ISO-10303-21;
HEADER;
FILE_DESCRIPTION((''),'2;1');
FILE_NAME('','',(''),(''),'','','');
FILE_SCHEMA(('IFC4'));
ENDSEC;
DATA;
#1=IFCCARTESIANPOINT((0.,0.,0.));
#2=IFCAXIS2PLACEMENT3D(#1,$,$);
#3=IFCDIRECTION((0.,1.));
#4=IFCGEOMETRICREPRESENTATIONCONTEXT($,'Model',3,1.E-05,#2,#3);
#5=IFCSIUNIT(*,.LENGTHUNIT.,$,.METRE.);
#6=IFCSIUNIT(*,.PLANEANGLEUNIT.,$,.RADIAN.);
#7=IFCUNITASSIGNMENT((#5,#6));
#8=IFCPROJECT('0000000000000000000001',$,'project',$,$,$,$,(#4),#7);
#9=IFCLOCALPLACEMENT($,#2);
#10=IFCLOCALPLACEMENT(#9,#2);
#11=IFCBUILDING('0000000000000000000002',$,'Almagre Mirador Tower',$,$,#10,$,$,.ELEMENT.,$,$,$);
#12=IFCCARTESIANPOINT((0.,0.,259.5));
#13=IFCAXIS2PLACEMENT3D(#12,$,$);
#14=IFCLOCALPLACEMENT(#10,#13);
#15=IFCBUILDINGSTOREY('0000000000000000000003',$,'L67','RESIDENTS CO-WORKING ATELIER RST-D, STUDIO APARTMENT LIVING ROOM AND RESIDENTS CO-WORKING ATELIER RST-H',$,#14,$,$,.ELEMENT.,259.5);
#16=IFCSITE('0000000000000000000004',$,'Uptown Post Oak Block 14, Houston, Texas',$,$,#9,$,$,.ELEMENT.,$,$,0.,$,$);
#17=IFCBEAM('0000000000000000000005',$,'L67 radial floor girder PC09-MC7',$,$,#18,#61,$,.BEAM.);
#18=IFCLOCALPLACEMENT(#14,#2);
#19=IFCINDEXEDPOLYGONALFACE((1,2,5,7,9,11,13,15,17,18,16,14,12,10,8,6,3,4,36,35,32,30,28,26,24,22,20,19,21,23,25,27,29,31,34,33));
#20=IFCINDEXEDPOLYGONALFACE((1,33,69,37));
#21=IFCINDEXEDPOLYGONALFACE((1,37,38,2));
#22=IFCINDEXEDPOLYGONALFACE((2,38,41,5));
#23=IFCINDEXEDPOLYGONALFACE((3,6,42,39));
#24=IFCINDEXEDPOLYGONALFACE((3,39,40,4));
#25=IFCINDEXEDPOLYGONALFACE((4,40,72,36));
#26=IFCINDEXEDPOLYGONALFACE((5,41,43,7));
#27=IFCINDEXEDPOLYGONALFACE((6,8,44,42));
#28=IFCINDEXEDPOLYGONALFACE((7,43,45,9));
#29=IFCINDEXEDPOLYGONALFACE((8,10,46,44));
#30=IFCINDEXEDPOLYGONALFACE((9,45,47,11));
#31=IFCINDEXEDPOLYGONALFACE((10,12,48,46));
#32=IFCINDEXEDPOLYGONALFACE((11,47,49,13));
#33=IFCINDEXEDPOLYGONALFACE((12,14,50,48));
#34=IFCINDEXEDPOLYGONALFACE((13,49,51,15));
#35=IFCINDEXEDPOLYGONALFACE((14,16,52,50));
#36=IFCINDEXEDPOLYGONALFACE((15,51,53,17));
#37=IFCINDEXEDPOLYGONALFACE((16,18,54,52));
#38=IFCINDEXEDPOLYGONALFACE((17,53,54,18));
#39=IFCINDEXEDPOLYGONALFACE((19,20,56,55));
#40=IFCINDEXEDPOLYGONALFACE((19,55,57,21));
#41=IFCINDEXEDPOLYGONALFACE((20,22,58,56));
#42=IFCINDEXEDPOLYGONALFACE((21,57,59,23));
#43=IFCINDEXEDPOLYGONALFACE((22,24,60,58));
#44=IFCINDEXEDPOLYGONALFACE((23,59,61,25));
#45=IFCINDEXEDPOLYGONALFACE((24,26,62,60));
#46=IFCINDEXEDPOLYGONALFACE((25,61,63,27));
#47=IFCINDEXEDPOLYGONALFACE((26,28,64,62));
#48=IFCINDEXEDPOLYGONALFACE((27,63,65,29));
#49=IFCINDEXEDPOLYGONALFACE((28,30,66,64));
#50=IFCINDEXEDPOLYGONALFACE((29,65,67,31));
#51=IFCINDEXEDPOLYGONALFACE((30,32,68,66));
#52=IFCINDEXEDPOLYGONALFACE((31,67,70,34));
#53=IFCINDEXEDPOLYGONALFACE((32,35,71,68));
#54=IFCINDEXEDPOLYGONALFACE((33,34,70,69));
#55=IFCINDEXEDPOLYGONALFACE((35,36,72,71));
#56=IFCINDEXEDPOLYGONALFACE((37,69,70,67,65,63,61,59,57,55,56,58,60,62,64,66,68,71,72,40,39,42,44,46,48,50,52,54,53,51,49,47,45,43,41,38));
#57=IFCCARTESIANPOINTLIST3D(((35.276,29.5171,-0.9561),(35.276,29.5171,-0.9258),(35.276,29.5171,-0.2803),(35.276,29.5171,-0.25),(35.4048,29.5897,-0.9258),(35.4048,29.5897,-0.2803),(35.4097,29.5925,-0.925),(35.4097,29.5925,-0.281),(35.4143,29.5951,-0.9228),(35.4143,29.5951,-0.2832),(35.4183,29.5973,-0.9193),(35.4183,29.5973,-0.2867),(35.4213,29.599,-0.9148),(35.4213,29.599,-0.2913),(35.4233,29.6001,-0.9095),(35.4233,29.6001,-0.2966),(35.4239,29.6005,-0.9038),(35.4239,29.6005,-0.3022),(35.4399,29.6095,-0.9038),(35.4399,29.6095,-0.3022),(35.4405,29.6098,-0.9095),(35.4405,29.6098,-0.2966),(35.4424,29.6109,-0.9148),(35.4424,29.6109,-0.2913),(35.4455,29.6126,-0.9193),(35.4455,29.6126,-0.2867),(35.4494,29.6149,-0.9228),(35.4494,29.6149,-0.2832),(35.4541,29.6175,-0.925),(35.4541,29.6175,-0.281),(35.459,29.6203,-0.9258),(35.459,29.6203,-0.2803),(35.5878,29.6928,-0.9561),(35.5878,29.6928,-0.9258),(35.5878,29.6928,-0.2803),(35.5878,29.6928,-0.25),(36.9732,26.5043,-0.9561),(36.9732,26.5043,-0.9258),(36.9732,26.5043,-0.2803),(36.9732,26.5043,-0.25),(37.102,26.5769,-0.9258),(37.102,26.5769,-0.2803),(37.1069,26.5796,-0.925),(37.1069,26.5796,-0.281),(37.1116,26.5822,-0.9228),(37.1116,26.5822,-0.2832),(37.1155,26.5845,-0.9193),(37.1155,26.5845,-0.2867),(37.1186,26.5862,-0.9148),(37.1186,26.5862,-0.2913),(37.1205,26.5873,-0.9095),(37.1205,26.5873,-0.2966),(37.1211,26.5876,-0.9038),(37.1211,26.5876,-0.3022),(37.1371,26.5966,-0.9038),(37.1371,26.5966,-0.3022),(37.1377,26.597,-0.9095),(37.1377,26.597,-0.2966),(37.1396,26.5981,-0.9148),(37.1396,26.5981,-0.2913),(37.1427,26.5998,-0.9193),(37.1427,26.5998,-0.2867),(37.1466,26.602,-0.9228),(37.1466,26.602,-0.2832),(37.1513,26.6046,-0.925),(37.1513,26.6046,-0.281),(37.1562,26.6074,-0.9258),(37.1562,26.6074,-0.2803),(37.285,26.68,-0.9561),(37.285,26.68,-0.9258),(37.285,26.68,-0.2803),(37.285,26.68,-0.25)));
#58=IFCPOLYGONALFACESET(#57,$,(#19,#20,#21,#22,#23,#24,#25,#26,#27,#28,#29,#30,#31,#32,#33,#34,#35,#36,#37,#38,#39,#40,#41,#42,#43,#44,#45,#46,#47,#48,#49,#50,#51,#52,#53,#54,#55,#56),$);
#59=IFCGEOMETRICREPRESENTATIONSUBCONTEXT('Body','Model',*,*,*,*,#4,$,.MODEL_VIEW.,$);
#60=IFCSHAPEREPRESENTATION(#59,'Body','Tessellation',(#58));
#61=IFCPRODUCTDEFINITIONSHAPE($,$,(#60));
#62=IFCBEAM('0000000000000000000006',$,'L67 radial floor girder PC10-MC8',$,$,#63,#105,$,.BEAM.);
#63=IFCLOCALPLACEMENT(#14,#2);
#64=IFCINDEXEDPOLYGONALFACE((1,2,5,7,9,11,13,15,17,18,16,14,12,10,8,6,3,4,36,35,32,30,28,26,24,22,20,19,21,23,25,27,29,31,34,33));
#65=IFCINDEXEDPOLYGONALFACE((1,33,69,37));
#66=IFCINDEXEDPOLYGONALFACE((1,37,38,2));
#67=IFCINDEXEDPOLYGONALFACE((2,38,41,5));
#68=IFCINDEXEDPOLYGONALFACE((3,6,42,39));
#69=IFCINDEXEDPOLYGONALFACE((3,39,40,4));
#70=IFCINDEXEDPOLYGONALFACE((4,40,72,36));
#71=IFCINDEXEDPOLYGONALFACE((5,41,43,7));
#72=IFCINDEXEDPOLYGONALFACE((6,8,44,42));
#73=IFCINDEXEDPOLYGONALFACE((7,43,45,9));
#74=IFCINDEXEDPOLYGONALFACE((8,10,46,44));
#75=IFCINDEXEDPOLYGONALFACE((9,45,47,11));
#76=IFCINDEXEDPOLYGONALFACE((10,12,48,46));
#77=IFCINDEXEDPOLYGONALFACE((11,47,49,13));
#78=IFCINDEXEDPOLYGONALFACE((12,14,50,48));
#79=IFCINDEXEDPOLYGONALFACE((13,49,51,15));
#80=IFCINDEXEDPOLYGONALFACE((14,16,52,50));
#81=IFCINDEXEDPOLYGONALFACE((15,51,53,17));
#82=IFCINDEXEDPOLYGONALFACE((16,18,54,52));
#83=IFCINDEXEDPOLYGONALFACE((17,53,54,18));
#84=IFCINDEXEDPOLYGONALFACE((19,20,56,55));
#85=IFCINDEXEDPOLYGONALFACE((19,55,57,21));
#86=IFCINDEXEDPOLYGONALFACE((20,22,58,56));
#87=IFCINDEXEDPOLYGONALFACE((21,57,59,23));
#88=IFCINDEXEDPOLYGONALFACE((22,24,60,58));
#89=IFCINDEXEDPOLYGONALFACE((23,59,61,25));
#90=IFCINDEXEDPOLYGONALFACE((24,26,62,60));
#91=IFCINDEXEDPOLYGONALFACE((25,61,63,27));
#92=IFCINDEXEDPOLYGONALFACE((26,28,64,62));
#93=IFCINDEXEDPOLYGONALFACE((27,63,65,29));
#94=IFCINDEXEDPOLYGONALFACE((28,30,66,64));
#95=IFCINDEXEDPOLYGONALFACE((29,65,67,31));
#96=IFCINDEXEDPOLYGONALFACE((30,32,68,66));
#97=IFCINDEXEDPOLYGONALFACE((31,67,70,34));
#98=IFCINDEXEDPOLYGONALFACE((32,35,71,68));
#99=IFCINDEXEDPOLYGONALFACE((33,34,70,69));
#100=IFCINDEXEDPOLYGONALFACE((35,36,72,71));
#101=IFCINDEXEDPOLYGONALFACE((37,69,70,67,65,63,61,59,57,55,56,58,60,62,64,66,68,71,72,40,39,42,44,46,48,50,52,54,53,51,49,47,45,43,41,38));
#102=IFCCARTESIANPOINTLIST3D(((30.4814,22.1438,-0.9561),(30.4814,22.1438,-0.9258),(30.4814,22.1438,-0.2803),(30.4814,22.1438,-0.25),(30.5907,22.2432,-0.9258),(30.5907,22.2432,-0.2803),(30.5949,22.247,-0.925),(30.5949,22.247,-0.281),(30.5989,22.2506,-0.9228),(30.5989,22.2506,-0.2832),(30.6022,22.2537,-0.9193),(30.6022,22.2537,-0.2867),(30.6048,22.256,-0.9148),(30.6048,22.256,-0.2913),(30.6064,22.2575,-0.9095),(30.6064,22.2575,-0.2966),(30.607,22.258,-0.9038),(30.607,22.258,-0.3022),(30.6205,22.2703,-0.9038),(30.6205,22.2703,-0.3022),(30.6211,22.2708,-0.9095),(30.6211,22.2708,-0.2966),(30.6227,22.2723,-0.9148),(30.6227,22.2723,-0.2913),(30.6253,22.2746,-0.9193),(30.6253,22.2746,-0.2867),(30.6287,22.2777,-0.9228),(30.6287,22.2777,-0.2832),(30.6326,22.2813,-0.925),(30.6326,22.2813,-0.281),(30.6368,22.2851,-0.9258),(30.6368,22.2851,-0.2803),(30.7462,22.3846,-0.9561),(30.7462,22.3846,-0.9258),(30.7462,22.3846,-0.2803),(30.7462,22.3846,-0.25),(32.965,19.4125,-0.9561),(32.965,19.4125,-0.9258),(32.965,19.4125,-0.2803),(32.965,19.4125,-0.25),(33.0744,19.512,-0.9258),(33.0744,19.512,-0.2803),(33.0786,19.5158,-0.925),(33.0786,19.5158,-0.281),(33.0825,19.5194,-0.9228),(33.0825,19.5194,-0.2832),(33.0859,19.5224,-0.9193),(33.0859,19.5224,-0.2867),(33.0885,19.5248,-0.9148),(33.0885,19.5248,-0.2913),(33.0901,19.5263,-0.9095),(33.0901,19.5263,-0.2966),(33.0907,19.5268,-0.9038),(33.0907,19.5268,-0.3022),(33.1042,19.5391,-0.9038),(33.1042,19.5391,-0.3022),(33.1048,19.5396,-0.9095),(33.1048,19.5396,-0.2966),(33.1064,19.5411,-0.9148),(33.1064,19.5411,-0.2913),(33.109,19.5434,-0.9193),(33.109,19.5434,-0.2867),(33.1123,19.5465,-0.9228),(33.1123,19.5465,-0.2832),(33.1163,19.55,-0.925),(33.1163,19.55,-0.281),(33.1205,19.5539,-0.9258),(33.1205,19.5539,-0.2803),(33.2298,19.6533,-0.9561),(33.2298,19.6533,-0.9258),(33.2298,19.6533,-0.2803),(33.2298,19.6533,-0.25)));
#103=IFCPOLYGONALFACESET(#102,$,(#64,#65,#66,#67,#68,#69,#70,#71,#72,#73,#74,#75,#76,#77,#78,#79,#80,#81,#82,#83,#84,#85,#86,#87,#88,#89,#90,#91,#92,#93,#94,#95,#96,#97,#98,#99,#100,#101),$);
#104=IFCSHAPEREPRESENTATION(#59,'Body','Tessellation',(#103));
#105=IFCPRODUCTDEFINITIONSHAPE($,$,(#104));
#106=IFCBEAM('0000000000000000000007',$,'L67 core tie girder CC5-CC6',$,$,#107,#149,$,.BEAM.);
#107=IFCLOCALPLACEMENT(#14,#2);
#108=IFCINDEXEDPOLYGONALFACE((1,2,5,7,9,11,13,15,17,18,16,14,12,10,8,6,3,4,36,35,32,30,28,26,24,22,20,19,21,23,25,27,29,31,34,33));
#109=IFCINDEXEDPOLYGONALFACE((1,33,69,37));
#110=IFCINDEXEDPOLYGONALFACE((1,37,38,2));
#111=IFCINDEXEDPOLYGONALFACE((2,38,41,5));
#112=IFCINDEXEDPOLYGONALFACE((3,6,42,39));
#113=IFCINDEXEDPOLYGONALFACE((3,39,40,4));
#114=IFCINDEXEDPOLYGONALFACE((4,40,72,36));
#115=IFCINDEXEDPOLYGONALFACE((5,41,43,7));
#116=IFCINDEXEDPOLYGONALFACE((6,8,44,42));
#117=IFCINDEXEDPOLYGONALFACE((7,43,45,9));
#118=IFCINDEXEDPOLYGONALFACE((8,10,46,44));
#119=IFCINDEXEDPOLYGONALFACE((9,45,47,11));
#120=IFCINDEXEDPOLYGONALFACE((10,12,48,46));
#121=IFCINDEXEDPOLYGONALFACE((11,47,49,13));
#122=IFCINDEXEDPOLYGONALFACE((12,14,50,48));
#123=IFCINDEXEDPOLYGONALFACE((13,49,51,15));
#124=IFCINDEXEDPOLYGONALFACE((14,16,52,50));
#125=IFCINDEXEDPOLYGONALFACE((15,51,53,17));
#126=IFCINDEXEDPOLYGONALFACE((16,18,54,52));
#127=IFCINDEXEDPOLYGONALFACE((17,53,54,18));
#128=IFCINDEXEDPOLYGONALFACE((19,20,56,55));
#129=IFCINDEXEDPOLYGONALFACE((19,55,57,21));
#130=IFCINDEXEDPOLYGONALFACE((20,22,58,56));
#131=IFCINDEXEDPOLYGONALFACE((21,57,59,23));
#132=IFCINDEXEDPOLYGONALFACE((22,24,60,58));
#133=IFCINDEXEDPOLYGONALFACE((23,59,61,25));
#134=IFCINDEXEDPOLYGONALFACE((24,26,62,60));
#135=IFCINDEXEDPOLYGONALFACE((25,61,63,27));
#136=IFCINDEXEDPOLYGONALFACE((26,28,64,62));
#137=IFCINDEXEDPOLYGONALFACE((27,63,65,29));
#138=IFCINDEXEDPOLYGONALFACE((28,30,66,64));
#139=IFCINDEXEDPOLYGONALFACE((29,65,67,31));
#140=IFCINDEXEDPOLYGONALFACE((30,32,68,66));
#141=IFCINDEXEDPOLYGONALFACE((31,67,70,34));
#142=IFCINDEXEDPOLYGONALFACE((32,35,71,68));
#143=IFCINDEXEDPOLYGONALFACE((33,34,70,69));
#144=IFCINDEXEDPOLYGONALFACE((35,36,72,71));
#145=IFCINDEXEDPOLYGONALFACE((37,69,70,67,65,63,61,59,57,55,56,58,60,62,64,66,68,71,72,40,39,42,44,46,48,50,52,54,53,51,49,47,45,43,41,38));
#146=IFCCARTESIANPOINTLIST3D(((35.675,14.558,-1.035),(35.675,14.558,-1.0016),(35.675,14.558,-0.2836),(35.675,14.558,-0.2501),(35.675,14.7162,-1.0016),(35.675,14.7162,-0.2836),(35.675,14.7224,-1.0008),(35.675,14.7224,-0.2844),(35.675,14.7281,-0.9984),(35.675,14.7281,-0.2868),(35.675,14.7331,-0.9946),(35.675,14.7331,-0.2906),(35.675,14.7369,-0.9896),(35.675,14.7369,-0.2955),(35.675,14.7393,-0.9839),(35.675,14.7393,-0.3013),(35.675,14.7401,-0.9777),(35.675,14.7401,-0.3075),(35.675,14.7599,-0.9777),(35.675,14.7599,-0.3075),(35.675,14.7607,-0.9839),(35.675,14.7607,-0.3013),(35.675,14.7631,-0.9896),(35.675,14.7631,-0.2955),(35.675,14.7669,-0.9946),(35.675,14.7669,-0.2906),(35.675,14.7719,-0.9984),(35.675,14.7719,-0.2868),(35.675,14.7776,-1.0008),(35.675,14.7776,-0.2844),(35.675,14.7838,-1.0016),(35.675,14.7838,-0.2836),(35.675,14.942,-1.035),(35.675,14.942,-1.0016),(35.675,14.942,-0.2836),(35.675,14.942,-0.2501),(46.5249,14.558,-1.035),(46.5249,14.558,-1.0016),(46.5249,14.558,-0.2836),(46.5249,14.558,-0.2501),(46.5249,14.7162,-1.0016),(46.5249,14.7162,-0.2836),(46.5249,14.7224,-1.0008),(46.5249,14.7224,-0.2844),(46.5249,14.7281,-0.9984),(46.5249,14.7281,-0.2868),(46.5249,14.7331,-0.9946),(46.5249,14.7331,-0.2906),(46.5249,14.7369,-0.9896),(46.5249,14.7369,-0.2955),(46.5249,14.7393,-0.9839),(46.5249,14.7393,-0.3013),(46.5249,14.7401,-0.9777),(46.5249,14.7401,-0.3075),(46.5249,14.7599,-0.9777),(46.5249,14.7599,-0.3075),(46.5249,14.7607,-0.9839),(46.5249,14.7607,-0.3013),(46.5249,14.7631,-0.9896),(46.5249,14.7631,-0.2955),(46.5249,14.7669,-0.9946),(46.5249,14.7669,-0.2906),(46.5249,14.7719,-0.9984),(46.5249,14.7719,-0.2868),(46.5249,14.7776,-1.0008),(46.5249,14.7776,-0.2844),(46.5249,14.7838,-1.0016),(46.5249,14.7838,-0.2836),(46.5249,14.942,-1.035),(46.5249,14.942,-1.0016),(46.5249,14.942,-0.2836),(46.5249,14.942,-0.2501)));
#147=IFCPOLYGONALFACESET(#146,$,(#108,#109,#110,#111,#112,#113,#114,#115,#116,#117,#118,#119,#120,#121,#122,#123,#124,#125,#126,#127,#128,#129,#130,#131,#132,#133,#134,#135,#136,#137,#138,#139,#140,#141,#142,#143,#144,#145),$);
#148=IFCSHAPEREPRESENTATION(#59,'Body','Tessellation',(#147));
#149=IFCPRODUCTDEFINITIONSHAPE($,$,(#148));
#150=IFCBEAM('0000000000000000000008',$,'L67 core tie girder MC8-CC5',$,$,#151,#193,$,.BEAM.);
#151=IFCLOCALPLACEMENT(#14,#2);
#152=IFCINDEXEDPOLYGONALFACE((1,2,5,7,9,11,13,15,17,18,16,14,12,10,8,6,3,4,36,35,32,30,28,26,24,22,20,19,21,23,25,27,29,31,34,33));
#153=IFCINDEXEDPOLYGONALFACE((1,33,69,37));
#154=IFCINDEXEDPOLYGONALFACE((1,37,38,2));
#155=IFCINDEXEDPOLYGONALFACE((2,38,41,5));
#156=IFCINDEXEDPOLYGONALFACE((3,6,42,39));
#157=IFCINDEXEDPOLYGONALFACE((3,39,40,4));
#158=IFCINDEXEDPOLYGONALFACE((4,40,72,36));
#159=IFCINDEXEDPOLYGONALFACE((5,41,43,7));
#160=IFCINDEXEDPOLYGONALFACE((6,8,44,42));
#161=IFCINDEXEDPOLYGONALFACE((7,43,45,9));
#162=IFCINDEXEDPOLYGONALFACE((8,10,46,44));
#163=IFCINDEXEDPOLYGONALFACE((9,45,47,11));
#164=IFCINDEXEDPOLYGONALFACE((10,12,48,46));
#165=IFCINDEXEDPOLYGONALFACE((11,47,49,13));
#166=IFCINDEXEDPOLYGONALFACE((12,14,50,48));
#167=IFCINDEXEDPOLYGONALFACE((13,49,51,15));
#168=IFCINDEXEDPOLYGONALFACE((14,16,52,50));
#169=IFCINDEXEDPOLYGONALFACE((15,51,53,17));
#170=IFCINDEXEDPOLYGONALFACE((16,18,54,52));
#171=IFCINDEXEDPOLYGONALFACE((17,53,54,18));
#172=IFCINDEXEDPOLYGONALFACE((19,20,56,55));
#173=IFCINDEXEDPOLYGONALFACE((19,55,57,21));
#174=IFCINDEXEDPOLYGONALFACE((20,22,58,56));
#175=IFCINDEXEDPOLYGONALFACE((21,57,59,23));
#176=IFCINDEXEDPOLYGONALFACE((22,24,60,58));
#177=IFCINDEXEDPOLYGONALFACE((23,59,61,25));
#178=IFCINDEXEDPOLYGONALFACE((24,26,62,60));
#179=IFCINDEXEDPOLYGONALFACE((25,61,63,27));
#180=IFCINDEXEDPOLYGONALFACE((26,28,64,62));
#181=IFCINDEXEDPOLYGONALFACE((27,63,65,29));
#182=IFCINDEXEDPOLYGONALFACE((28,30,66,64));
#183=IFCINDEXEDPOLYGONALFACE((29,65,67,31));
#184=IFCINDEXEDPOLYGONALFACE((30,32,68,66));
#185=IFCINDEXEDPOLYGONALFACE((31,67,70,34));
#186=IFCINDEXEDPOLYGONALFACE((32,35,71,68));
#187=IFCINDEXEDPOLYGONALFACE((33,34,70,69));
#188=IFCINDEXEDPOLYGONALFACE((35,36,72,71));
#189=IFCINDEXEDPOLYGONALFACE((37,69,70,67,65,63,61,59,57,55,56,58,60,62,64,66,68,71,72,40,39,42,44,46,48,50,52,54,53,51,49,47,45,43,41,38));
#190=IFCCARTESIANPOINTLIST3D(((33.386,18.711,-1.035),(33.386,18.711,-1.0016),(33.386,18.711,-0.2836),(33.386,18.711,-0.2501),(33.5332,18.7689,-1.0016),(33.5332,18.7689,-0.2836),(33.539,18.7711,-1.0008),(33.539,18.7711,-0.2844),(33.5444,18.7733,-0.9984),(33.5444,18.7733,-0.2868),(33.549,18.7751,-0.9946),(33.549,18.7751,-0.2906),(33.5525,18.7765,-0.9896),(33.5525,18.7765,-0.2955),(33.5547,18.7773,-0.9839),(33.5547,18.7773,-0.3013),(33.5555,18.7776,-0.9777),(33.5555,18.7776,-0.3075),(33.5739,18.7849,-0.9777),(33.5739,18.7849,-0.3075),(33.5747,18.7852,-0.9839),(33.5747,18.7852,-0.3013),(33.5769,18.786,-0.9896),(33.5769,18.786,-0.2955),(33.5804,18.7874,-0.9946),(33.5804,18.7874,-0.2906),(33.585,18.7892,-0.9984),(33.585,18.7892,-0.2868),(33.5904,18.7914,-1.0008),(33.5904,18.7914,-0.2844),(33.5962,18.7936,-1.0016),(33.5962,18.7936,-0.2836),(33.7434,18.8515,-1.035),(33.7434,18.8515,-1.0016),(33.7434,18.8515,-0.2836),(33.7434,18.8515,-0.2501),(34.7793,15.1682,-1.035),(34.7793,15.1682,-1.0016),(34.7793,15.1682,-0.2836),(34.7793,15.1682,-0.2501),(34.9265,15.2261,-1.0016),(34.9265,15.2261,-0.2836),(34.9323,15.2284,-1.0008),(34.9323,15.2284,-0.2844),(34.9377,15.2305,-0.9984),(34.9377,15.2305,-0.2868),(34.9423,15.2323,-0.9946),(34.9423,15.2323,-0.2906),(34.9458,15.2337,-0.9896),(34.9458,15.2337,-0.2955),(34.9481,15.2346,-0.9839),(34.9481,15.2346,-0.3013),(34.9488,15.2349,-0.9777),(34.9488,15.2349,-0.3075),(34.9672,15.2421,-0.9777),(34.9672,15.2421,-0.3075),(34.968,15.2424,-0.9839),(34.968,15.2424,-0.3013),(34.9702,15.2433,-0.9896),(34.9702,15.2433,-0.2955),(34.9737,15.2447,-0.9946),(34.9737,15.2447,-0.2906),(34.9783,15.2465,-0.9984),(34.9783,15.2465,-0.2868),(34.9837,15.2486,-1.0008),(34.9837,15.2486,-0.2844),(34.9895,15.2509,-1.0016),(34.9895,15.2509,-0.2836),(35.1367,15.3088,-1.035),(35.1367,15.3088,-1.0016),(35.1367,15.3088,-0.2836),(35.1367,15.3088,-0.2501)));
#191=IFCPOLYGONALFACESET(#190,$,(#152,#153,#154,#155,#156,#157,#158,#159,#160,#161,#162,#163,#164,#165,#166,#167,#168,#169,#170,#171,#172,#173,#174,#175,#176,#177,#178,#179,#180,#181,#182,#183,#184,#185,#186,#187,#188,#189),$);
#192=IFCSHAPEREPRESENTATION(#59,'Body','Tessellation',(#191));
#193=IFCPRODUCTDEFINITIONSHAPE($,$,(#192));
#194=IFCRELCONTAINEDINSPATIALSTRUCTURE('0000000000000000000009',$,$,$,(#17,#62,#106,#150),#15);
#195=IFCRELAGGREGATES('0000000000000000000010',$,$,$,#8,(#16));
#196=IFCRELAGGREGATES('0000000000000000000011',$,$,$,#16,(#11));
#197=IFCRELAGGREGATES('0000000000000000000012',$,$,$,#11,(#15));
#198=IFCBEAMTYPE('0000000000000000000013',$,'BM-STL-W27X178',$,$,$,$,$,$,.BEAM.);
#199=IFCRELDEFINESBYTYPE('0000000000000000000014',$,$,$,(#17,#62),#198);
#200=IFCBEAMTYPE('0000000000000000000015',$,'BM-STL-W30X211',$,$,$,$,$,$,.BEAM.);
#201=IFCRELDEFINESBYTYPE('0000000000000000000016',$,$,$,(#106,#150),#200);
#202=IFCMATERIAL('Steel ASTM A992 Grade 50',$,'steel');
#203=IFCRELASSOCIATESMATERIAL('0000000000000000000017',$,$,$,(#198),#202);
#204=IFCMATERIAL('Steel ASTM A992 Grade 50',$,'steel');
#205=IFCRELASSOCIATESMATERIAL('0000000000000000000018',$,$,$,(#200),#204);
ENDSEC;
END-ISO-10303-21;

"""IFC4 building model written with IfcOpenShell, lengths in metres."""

from ifc_helpers import new_model, si_unit, direction, frame, origin, origin_2d, place, context, subcontext, project, spatial, i_section, extrude, material, material_profile, profile_set, type_object, element, save


model = new_model("IFC4")

# Units and contexts
model_context = context("Model", 3, precision=1e-05, world=origin(), true_north=direction((0.0, 1.0)))
body_context = subcontext(model_context, "Body", "Model", "MODEL_VIEW")
ifc_project = project(units=[si_unit("LENGTHUNIT", "METRE"), si_unit("PLANEANGLEUNIT", "RADIAN")], contexts=[model_context])

# Site, building, storey
site_placement = place(None, origin())
site = spatial("IfcSite", under=ifc_project, at=site_placement, Name="Uptown Post Oak Block 14, Houston, Texas", CompositionType="ELEMENT", RefElevation=0.0)
building_placement = place(site_placement, origin())
building = spatial("IfcBuilding", under=site, at=building_placement, Name="Almagre Mirador Tower", CompositionType="ELEMENT")
storey_placement = place(building_placement, frame((0.0, 0.0, 259.5)))
storey = spatial("IfcBuildingStorey", under=building, at=storey_placement, Name="L67", Description="RESIDENTS CO-WORKING ATELIER RST-D, STUDIO APARTMENT LIVING ROOM AND RESIDENTS CO-WORKING ATELIER RST-H", CompositionType="ELEMENT", Elevation=259.5)

# Beams
ifc_material_1 = material(Name="Steel ASTM A992 Grade 50", Category="steel")
ifc_material_profile_1 = material_profile(ifc_material_1, i_section(OverallWidth=0.3579, OverallDepth=0.7061, WebThickness=0.0183, FlangeThickness=0.0303, FilletRadius=0.022, at=origin_2d()), Name="W27X178")
ifc_profile_set_1 = profile_set([ifc_material_profile_1], Name="Steel ASTM A992 Grade 50")
beam_type_1 = type_object("IfcBeamType", Name="BM-STL-W27X178", PredefinedType="BEAM", material=ifc_profile_set_1)
beam_1_placement = place(storey_placement, frame((35.4319, 29.605, -0.603), z_axis=(0.490808, -0.871268, 0.0), x_axis=(0.871268, 0.490808, 0.0)))
element("IfcBeam", 1, at=beam_1_placement, inside=storey, type_object=beam_type_1, Name="L67 radial floor girder PC09-MC7", PredefinedType="BEAM", context=body_context, shape_type="SweptSolid", body=[
    extrude(i_section(OverallWidth=0.3579, OverallDepth=0.7061, WebThickness=0.0183, FlangeThickness=0.0303, FilletRadius=0.022, at=origin_2d()), origin(), (0.0, 0.0, 1.0), 3.458),
])
beam_2_placement = place(storey_placement, frame((30.6138, 22.2642, -0.603), z_axis=(0.672781, -0.739841, 0.0), x_axis=(0.739841, 0.672781, 0.0)))
element("IfcBeam", 2, at=beam_2_placement, inside=storey, type_object=beam_type_1, Name="L67 radial floor girder PC10-MC8", PredefinedType="BEAM", context=body_context, shape_type="SweptSolid", body=[
    extrude(i_section(OverallWidth=0.3579, OverallDepth=0.7061, WebThickness=0.0183, FlangeThickness=0.0303, FilletRadius=0.022, at=origin_2d()), origin(), (0.0, 0.0, 1.0), 3.6917),
])
ifc_material_2 = material(Name="Steel ASTM A992 Grade 50", Category="steel")
ifc_material_profile_2 = material_profile(ifc_material_2, i_section(OverallWidth=0.384, OverallDepth=0.7849, WebThickness=0.0198, FlangeThickness=0.0334, FilletRadius=0.0239, at=origin_2d()), Name="W30X211")
ifc_profile_set_2 = profile_set([ifc_material_profile_2], Name="Steel ASTM A992 Grade 50")
beam_type_2 = type_object("IfcBeamType", Name="BM-STL-W30X211", PredefinedType="BEAM", material=ifc_profile_set_2)
beam_3_placement = place(storey_placement, frame((35.675, 14.75, -0.6426), z_axis=(1.0, 0.0, 0.0), x_axis=(0.0, 1.0, 0.0)))
element("IfcBeam", 3, at=beam_3_placement, inside=storey, type_object=beam_type_2, Name="L67 core tie girder CC5-CC6", PredefinedType="BEAM", context=body_context, shape_type="SweptSolid", body=[
    extrude(i_section(OverallWidth=0.384, OverallDepth=0.7849, WebThickness=0.0198, FlangeThickness=0.0334, FilletRadius=0.0239, at=origin_2d()), origin(), (0.0, 0.0, 1.0), 10.8499),
])
beam_4_placement = place(storey_placement, frame((33.5647, 18.7812, -0.6426), z_axis=(0.366, -0.930615, 0.0), x_axis=(0.930615, 0.366, 0.0)))
element("IfcBeam", 4, at=beam_4_placement, inside=storey, type_object=beam_type_2, Name="L67 core tie girder MC8-CC5", PredefinedType="BEAM", context=body_context, shape_type="SweptSolid", body=[
    extrude(i_section(OverallWidth=0.384, OverallDepth=0.7849, WebThickness=0.0198, FlangeThickness=0.0334, FilletRadius=0.0239, at=origin_2d()), origin(), (0.0, 0.0, 1.0), 3.8069),
])

save(model, "model.ifc")
